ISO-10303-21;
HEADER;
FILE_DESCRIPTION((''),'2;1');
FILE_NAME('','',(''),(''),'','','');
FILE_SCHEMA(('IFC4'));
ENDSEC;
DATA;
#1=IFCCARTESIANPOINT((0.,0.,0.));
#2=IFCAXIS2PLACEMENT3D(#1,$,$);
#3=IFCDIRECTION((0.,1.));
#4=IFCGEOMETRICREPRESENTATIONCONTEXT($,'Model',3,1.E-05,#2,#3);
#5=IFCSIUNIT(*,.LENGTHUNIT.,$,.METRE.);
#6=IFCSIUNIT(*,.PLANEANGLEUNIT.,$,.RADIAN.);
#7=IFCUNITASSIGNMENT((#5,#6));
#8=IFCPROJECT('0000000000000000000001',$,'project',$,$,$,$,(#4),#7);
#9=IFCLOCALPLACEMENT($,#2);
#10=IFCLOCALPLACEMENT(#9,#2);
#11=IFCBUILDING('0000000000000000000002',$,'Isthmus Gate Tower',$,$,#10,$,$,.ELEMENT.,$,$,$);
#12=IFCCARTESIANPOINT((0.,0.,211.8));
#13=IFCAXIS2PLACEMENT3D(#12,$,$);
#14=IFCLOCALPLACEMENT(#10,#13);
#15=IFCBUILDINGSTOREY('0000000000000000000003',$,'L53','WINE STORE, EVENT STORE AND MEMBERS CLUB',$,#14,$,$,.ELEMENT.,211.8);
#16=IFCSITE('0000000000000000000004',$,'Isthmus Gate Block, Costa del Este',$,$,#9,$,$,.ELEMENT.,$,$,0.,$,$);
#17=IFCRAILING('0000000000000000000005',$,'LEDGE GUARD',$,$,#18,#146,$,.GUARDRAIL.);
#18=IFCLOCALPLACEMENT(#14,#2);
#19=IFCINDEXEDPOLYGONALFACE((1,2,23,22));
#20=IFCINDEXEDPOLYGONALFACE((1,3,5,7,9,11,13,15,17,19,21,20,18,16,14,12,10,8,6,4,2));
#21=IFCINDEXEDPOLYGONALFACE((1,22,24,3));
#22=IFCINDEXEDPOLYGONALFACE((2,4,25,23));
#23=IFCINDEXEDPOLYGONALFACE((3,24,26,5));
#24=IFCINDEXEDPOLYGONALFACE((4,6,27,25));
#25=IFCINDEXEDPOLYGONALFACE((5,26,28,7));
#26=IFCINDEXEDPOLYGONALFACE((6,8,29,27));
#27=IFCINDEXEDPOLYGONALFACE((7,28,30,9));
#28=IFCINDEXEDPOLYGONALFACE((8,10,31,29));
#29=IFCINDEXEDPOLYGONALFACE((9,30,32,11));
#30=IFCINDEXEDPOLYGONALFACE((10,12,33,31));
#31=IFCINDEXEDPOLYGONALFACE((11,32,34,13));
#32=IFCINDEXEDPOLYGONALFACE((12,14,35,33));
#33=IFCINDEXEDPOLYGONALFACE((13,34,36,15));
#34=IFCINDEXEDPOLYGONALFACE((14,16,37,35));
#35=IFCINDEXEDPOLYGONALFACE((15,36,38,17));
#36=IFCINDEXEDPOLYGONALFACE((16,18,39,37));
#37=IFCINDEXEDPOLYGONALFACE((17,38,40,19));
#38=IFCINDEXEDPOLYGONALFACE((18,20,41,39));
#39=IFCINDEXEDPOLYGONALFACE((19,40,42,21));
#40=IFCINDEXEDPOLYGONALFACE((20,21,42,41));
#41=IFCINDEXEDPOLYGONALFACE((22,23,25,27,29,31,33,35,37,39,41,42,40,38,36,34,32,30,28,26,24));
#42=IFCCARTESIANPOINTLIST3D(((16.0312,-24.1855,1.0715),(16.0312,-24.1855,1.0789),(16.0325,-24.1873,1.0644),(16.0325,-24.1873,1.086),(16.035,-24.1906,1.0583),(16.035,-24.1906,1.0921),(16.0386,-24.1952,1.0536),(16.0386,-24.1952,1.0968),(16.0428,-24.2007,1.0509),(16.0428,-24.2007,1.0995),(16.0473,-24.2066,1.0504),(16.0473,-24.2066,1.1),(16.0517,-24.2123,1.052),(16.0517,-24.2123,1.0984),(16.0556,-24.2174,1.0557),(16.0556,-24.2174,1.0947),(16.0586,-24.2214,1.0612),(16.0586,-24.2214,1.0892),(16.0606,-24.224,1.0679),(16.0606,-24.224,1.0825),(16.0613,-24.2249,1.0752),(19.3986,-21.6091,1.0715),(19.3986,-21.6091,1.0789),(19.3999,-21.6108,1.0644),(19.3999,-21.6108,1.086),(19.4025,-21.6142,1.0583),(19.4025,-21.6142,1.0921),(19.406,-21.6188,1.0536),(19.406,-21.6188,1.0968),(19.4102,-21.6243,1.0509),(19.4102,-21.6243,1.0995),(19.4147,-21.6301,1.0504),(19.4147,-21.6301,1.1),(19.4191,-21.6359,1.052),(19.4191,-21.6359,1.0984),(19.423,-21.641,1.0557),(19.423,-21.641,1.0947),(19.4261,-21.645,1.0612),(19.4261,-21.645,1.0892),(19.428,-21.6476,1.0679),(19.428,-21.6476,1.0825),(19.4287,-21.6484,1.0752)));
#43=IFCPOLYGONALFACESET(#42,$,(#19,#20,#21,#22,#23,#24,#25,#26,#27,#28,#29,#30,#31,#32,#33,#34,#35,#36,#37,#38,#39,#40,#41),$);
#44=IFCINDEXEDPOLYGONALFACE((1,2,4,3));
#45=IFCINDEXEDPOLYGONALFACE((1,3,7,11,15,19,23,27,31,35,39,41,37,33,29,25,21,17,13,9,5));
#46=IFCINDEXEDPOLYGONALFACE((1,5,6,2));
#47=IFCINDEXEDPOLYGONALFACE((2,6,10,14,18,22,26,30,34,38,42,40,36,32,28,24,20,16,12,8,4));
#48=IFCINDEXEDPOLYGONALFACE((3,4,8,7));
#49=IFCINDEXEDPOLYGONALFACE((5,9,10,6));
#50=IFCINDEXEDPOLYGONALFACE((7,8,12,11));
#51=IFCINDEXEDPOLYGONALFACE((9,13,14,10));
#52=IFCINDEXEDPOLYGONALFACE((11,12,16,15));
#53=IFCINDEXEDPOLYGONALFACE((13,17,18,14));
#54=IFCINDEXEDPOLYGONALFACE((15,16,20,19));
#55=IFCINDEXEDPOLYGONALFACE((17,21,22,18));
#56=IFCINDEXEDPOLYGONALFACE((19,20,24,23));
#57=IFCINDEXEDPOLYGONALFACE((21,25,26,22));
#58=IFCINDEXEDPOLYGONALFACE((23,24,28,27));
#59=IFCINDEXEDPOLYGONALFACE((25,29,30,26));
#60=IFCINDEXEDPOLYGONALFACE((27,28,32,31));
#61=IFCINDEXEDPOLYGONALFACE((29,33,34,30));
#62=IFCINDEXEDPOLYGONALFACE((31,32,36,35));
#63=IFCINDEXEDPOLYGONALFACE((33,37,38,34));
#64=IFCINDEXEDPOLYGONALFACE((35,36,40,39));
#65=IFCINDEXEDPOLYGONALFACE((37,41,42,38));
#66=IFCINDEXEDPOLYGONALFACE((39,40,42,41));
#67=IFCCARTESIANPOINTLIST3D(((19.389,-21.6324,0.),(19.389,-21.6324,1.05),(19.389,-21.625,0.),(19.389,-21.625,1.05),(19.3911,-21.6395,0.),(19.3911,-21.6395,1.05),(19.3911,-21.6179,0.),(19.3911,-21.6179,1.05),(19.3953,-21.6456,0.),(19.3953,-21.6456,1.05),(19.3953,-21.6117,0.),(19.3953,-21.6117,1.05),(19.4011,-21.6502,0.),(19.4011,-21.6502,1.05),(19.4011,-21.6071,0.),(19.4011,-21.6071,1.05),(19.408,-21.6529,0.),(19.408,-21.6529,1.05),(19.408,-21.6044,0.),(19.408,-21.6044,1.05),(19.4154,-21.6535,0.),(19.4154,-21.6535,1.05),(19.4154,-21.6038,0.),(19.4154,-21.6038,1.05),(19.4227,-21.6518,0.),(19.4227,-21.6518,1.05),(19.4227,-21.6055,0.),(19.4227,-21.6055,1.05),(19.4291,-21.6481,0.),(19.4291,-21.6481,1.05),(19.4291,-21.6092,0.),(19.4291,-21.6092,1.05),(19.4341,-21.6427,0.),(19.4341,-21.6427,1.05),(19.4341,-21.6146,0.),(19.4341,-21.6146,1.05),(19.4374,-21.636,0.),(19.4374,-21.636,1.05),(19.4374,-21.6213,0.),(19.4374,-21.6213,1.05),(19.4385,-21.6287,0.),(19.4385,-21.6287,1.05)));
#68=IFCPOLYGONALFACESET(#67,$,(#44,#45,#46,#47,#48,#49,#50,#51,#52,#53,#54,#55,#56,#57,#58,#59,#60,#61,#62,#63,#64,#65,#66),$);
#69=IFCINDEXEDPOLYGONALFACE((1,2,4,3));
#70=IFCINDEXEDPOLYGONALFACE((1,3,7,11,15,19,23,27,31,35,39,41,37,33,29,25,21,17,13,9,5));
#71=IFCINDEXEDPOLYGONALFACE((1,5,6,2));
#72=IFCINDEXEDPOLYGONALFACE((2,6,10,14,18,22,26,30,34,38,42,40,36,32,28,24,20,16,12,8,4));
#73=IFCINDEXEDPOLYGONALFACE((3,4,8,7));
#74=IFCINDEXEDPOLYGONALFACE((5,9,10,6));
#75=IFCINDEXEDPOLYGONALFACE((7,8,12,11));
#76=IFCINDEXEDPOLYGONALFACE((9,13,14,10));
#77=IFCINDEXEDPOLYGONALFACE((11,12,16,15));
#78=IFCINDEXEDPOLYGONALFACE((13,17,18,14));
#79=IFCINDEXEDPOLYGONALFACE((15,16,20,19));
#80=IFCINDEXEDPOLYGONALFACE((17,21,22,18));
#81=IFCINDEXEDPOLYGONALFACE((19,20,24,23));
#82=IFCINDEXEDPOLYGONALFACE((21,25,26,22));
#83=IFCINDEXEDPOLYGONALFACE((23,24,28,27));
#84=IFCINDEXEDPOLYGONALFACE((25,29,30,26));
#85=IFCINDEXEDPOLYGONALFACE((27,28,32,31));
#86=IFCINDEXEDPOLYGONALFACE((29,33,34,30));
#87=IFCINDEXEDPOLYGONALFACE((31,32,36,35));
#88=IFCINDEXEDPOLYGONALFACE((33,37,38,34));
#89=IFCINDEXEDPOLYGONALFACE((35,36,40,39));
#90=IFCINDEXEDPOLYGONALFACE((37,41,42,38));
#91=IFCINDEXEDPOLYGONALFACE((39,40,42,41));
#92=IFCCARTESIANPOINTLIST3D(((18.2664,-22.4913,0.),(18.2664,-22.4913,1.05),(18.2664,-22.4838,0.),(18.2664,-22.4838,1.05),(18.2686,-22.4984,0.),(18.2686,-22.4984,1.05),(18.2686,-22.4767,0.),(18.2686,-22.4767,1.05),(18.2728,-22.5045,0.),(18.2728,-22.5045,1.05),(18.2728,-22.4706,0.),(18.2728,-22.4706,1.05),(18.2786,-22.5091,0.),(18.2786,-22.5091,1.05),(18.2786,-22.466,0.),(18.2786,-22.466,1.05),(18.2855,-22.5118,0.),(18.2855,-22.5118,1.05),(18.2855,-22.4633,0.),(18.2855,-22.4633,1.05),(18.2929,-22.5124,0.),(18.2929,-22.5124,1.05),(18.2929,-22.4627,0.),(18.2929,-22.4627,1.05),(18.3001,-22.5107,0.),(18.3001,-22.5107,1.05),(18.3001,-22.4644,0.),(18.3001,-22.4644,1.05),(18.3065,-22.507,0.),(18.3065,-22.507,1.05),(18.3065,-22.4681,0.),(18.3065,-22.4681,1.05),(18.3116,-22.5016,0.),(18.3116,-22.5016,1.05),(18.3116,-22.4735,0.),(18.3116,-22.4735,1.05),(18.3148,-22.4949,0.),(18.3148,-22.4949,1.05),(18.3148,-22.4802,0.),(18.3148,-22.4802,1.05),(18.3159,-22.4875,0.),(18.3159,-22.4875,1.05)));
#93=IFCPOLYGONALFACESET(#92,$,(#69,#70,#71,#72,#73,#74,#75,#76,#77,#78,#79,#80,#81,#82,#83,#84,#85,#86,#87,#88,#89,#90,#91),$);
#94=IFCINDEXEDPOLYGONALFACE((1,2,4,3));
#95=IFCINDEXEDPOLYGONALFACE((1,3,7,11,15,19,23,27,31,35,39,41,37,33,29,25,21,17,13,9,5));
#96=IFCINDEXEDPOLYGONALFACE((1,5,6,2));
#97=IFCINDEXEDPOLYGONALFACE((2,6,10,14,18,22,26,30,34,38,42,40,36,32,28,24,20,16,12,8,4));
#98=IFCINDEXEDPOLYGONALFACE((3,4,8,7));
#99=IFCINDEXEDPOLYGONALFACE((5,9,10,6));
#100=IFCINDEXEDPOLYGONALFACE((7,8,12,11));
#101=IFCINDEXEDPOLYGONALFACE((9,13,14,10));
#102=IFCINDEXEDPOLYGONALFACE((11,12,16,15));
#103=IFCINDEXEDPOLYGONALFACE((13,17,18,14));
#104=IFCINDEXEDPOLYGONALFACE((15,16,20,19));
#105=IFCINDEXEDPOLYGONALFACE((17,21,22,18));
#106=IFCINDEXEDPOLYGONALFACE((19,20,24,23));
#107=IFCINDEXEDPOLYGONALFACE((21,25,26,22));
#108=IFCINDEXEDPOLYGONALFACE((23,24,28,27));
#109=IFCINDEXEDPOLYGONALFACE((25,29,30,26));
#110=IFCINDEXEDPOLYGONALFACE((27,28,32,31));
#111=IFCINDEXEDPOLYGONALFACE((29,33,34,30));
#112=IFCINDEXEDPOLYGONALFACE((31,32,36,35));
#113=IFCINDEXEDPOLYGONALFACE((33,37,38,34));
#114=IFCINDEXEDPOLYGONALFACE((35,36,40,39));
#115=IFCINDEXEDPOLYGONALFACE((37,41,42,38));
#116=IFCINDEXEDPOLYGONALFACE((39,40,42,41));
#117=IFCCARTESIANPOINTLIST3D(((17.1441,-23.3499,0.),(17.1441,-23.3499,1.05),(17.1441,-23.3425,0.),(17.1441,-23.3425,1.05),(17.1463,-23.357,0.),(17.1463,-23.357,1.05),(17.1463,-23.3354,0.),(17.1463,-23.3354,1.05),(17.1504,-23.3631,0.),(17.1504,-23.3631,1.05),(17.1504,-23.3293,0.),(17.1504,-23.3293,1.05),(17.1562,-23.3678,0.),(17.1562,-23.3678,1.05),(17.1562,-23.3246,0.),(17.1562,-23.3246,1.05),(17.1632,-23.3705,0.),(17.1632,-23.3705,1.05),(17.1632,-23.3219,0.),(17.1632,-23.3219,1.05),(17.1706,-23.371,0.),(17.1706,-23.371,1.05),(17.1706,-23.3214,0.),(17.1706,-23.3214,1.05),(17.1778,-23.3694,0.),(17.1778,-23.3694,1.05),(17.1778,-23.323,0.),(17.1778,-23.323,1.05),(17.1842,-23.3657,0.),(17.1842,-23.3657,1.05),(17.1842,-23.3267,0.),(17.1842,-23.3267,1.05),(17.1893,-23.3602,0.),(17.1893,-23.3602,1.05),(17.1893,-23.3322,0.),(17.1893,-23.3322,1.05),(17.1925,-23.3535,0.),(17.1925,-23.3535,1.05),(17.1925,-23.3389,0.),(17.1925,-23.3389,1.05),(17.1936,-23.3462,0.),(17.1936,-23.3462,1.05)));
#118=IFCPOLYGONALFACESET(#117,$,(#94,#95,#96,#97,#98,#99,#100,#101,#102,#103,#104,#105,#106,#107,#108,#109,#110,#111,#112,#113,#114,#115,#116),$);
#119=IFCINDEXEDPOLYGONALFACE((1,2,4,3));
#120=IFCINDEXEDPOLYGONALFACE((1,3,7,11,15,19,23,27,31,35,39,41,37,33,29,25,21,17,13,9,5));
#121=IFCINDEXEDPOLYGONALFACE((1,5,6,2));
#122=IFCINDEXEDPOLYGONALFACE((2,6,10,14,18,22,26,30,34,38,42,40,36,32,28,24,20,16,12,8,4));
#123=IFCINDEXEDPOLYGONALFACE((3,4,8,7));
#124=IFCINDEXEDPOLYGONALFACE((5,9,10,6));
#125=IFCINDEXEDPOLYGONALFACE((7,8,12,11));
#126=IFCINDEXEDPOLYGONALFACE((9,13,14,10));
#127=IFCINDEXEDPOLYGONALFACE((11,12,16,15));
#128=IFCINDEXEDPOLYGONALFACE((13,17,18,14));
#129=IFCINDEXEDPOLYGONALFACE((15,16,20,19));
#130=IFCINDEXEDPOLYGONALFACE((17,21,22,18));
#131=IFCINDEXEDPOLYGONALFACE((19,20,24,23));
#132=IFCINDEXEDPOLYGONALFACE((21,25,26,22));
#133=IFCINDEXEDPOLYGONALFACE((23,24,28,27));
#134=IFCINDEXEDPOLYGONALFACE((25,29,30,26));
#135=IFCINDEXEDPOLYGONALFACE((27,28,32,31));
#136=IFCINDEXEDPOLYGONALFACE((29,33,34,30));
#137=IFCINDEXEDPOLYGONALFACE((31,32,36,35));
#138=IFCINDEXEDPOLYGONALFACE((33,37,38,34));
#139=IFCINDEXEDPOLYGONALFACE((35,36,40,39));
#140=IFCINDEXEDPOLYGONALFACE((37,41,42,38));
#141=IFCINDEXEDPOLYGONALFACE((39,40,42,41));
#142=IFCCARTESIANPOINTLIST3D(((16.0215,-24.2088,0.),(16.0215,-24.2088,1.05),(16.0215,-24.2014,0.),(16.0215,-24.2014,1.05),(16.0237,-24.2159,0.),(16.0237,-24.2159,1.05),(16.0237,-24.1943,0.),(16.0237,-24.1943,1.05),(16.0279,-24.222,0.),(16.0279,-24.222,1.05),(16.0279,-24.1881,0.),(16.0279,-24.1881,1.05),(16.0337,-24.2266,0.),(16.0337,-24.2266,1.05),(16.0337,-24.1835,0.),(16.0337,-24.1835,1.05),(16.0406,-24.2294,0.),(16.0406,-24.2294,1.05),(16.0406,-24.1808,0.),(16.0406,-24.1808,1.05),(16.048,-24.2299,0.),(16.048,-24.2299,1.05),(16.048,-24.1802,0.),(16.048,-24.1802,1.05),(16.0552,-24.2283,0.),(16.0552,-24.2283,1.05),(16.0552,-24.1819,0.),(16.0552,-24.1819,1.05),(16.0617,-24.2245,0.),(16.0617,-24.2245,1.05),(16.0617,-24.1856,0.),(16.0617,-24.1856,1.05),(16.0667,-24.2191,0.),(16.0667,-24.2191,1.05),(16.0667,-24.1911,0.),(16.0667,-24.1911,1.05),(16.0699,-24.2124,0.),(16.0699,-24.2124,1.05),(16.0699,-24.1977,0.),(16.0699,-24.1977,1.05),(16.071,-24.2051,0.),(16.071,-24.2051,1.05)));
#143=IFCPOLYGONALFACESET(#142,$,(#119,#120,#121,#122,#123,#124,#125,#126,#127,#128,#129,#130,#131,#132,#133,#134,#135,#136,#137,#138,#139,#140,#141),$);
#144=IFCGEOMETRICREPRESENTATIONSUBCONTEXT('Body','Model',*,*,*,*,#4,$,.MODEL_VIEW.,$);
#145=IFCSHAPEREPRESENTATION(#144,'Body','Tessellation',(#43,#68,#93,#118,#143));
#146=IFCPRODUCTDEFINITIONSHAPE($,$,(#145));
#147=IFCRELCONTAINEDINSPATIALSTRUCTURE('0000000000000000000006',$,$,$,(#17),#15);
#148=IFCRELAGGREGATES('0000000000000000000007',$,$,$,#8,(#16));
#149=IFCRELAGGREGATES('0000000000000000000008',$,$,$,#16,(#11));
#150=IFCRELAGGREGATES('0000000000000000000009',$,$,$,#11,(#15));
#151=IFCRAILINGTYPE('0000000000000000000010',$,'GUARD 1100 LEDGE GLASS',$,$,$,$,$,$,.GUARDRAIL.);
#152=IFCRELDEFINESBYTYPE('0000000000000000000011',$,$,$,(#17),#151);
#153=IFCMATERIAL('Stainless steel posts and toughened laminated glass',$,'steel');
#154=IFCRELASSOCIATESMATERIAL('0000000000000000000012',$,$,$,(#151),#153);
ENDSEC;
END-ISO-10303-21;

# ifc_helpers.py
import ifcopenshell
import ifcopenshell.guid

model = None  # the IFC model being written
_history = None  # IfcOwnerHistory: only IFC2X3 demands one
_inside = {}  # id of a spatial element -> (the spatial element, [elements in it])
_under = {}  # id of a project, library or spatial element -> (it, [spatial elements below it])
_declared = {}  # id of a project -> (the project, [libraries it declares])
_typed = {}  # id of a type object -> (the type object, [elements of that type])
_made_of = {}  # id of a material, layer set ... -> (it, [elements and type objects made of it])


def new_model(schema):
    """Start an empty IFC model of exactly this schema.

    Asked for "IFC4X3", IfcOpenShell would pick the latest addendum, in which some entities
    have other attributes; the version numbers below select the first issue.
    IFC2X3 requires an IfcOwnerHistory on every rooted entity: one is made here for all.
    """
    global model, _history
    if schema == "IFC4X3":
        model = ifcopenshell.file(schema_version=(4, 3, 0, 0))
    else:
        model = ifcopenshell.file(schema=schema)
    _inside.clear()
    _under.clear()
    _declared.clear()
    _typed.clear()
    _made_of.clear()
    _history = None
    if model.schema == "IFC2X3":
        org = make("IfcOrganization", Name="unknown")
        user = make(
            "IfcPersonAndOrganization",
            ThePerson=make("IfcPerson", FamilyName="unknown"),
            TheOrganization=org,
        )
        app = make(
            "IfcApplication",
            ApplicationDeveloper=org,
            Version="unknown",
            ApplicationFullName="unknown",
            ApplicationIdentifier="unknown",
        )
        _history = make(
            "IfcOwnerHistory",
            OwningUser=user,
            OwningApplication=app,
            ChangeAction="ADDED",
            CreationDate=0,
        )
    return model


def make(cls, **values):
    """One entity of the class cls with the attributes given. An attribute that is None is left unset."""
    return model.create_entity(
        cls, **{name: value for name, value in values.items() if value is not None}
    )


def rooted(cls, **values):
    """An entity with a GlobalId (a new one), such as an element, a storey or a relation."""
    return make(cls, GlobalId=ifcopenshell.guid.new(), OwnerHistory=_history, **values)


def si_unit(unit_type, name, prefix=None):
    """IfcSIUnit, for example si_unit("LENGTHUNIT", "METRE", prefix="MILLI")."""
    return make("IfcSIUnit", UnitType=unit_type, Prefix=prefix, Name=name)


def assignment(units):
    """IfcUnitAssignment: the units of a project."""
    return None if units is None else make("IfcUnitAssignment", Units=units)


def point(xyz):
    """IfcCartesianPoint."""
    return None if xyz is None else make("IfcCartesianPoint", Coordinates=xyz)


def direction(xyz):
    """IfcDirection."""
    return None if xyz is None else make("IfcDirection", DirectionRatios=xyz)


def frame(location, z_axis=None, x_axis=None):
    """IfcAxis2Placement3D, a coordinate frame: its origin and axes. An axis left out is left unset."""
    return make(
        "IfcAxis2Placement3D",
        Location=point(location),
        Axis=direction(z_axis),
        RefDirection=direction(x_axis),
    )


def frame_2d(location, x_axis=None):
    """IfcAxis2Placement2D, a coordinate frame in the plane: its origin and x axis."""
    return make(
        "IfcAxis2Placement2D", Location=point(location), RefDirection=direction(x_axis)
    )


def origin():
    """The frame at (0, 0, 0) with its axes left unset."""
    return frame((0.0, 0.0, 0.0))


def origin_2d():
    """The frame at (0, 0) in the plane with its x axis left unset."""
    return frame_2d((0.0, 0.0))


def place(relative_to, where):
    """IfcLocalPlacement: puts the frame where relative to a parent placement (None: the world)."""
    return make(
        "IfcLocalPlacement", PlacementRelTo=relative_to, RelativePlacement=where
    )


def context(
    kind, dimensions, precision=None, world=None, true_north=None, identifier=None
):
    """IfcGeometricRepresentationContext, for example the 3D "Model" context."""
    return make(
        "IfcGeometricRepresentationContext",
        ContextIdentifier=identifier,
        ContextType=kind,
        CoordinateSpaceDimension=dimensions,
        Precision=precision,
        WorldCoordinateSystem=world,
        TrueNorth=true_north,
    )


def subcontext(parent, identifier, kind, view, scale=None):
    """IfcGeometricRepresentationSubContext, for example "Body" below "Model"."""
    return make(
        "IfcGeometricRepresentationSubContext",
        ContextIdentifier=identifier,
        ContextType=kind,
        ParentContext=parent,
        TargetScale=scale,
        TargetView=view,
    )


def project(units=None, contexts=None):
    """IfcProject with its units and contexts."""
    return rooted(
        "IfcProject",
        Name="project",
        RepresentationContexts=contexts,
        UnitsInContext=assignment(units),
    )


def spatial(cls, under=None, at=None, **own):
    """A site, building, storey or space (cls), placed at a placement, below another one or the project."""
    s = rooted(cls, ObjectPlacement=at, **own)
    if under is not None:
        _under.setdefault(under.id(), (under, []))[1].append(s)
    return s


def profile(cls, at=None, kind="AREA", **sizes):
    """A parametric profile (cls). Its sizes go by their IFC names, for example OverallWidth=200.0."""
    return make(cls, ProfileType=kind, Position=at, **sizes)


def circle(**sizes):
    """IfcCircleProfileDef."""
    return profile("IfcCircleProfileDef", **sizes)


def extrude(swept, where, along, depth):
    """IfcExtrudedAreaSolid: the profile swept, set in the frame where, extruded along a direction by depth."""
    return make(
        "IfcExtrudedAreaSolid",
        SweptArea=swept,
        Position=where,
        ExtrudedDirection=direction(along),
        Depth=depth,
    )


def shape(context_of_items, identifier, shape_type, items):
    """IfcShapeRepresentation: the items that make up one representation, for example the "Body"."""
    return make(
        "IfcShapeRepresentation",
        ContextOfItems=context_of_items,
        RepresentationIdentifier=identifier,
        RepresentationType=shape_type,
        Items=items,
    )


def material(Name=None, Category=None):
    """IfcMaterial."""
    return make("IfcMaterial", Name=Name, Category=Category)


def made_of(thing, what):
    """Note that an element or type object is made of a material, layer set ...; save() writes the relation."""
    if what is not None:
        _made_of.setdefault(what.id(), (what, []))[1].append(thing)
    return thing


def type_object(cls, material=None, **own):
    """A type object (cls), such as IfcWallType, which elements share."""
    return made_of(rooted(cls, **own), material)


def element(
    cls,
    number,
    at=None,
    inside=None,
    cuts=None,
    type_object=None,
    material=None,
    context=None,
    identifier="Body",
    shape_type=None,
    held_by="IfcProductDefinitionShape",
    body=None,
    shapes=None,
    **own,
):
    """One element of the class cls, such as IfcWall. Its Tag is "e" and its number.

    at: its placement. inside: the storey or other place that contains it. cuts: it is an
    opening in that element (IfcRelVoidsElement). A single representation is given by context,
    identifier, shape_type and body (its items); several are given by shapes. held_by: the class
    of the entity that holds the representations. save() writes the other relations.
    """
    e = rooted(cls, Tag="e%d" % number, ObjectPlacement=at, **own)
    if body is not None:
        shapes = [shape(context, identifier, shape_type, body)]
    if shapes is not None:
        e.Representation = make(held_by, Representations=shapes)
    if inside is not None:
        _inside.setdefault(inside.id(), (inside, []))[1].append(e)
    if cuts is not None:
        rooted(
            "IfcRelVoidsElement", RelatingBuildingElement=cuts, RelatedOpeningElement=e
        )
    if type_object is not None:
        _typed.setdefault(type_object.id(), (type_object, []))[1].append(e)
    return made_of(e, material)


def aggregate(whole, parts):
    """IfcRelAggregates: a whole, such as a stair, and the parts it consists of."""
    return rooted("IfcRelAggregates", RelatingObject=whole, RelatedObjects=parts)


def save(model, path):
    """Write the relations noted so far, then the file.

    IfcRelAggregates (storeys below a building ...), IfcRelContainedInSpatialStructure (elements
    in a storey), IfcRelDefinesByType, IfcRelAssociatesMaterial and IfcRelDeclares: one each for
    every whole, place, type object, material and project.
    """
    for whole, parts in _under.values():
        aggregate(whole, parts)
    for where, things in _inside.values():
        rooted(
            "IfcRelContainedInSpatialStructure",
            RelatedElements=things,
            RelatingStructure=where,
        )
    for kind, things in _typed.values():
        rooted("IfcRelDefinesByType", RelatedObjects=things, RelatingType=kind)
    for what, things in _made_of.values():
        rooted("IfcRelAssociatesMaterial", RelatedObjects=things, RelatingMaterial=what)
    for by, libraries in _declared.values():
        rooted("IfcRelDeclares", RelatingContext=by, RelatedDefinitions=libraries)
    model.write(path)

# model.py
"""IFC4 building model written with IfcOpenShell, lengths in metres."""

from ifc_helpers import new_model, si_unit, direction, frame, origin, origin_2d, place, context, subcontext, project, spatial, circle, extrude, material, type_object, element, save


model = new_model("IFC4")

# Units and contexts
model_context = context("Model", 3, precision=1e-05, world=origin(), true_north=direction((0.0, 1.0)))
body_context = subcontext(model_context, "Body", "Model", "MODEL_VIEW")
ifc_project = project(units=[si_unit("LENGTHUNIT", "METRE"), si_unit("PLANEANGLEUNIT", "RADIAN")], contexts=[model_context])

# Site, building, storey
site_placement = place(None, origin())
site = spatial("IfcSite", under=ifc_project, at=site_placement, Name="Isthmus Gate Block, Costa del Este", CompositionType="ELEMENT", RefElevation=0.0)
building_placement = place(site_placement, origin())
building = spatial("IfcBuilding", under=site, at=building_placement, Name="Isthmus Gate Tower", CompositionType="ELEMENT")
storey_placement = place(building_placement, frame((0.0, 0.0, 211.8)))
storey = spatial("IfcBuildingStorey", under=building, at=storey_placement, Name="L53", Description="WINE STORE, EVENT STORE AND MEMBERS CLUB", CompositionType="ELEMENT", Elevation=211.8)

# Railing
ifc_material_1 = material(Name="Stainless steel posts and toughened laminated glass", Category="steel")
railing_type = type_object("IfcRailingType", Name="GUARD 1100 LEDGE GLASS", PredefinedType="GUARDRAIL", material=ifc_material_1)
railing_1_placement = place(storey_placement, frame((19.4136, -21.6287, 0.0)))
element("IfcRailing", 1, at=railing_1_placement, inside=storey, type_object=railing_type, Name="LEDGE GUARD", PredefinedType="GUARDRAIL", context=body_context, shape_type="SweptSolid", body=[
    extrude(circle(Radius=0.0249, at=origin_2d()), frame((0.0, 0.0, 1.0752), z_axis=(-0.794207, -0.607647, 0.0), x_axis=(0.607647, -0.794207, 0.0)), (0.0, 0.0, 1.0), 4.24),
    extrude(circle(Radius=0.0249, at=origin_2d()), origin(), (0.0, 0.0, 1.0), 1.05),
    extrude(circle(Radius=0.0249, at=origin_2d()), frame((-1.1226, -0.8589, 0.0)), (0.0, 0.0, 1.0), 1.05),
    extrude(circle(Radius=0.0249, at=origin_2d()), frame((-2.2449, -1.7175, 0.0)), (0.0, 0.0, 1.0), 1.05),
    extrude(circle(Radius=0.0249, at=origin_2d()), frame((-3.3674, -2.5764, 0.0)), (0.0, 0.0, 1.0), 1.05),
])

save(model, "model.ifc")
